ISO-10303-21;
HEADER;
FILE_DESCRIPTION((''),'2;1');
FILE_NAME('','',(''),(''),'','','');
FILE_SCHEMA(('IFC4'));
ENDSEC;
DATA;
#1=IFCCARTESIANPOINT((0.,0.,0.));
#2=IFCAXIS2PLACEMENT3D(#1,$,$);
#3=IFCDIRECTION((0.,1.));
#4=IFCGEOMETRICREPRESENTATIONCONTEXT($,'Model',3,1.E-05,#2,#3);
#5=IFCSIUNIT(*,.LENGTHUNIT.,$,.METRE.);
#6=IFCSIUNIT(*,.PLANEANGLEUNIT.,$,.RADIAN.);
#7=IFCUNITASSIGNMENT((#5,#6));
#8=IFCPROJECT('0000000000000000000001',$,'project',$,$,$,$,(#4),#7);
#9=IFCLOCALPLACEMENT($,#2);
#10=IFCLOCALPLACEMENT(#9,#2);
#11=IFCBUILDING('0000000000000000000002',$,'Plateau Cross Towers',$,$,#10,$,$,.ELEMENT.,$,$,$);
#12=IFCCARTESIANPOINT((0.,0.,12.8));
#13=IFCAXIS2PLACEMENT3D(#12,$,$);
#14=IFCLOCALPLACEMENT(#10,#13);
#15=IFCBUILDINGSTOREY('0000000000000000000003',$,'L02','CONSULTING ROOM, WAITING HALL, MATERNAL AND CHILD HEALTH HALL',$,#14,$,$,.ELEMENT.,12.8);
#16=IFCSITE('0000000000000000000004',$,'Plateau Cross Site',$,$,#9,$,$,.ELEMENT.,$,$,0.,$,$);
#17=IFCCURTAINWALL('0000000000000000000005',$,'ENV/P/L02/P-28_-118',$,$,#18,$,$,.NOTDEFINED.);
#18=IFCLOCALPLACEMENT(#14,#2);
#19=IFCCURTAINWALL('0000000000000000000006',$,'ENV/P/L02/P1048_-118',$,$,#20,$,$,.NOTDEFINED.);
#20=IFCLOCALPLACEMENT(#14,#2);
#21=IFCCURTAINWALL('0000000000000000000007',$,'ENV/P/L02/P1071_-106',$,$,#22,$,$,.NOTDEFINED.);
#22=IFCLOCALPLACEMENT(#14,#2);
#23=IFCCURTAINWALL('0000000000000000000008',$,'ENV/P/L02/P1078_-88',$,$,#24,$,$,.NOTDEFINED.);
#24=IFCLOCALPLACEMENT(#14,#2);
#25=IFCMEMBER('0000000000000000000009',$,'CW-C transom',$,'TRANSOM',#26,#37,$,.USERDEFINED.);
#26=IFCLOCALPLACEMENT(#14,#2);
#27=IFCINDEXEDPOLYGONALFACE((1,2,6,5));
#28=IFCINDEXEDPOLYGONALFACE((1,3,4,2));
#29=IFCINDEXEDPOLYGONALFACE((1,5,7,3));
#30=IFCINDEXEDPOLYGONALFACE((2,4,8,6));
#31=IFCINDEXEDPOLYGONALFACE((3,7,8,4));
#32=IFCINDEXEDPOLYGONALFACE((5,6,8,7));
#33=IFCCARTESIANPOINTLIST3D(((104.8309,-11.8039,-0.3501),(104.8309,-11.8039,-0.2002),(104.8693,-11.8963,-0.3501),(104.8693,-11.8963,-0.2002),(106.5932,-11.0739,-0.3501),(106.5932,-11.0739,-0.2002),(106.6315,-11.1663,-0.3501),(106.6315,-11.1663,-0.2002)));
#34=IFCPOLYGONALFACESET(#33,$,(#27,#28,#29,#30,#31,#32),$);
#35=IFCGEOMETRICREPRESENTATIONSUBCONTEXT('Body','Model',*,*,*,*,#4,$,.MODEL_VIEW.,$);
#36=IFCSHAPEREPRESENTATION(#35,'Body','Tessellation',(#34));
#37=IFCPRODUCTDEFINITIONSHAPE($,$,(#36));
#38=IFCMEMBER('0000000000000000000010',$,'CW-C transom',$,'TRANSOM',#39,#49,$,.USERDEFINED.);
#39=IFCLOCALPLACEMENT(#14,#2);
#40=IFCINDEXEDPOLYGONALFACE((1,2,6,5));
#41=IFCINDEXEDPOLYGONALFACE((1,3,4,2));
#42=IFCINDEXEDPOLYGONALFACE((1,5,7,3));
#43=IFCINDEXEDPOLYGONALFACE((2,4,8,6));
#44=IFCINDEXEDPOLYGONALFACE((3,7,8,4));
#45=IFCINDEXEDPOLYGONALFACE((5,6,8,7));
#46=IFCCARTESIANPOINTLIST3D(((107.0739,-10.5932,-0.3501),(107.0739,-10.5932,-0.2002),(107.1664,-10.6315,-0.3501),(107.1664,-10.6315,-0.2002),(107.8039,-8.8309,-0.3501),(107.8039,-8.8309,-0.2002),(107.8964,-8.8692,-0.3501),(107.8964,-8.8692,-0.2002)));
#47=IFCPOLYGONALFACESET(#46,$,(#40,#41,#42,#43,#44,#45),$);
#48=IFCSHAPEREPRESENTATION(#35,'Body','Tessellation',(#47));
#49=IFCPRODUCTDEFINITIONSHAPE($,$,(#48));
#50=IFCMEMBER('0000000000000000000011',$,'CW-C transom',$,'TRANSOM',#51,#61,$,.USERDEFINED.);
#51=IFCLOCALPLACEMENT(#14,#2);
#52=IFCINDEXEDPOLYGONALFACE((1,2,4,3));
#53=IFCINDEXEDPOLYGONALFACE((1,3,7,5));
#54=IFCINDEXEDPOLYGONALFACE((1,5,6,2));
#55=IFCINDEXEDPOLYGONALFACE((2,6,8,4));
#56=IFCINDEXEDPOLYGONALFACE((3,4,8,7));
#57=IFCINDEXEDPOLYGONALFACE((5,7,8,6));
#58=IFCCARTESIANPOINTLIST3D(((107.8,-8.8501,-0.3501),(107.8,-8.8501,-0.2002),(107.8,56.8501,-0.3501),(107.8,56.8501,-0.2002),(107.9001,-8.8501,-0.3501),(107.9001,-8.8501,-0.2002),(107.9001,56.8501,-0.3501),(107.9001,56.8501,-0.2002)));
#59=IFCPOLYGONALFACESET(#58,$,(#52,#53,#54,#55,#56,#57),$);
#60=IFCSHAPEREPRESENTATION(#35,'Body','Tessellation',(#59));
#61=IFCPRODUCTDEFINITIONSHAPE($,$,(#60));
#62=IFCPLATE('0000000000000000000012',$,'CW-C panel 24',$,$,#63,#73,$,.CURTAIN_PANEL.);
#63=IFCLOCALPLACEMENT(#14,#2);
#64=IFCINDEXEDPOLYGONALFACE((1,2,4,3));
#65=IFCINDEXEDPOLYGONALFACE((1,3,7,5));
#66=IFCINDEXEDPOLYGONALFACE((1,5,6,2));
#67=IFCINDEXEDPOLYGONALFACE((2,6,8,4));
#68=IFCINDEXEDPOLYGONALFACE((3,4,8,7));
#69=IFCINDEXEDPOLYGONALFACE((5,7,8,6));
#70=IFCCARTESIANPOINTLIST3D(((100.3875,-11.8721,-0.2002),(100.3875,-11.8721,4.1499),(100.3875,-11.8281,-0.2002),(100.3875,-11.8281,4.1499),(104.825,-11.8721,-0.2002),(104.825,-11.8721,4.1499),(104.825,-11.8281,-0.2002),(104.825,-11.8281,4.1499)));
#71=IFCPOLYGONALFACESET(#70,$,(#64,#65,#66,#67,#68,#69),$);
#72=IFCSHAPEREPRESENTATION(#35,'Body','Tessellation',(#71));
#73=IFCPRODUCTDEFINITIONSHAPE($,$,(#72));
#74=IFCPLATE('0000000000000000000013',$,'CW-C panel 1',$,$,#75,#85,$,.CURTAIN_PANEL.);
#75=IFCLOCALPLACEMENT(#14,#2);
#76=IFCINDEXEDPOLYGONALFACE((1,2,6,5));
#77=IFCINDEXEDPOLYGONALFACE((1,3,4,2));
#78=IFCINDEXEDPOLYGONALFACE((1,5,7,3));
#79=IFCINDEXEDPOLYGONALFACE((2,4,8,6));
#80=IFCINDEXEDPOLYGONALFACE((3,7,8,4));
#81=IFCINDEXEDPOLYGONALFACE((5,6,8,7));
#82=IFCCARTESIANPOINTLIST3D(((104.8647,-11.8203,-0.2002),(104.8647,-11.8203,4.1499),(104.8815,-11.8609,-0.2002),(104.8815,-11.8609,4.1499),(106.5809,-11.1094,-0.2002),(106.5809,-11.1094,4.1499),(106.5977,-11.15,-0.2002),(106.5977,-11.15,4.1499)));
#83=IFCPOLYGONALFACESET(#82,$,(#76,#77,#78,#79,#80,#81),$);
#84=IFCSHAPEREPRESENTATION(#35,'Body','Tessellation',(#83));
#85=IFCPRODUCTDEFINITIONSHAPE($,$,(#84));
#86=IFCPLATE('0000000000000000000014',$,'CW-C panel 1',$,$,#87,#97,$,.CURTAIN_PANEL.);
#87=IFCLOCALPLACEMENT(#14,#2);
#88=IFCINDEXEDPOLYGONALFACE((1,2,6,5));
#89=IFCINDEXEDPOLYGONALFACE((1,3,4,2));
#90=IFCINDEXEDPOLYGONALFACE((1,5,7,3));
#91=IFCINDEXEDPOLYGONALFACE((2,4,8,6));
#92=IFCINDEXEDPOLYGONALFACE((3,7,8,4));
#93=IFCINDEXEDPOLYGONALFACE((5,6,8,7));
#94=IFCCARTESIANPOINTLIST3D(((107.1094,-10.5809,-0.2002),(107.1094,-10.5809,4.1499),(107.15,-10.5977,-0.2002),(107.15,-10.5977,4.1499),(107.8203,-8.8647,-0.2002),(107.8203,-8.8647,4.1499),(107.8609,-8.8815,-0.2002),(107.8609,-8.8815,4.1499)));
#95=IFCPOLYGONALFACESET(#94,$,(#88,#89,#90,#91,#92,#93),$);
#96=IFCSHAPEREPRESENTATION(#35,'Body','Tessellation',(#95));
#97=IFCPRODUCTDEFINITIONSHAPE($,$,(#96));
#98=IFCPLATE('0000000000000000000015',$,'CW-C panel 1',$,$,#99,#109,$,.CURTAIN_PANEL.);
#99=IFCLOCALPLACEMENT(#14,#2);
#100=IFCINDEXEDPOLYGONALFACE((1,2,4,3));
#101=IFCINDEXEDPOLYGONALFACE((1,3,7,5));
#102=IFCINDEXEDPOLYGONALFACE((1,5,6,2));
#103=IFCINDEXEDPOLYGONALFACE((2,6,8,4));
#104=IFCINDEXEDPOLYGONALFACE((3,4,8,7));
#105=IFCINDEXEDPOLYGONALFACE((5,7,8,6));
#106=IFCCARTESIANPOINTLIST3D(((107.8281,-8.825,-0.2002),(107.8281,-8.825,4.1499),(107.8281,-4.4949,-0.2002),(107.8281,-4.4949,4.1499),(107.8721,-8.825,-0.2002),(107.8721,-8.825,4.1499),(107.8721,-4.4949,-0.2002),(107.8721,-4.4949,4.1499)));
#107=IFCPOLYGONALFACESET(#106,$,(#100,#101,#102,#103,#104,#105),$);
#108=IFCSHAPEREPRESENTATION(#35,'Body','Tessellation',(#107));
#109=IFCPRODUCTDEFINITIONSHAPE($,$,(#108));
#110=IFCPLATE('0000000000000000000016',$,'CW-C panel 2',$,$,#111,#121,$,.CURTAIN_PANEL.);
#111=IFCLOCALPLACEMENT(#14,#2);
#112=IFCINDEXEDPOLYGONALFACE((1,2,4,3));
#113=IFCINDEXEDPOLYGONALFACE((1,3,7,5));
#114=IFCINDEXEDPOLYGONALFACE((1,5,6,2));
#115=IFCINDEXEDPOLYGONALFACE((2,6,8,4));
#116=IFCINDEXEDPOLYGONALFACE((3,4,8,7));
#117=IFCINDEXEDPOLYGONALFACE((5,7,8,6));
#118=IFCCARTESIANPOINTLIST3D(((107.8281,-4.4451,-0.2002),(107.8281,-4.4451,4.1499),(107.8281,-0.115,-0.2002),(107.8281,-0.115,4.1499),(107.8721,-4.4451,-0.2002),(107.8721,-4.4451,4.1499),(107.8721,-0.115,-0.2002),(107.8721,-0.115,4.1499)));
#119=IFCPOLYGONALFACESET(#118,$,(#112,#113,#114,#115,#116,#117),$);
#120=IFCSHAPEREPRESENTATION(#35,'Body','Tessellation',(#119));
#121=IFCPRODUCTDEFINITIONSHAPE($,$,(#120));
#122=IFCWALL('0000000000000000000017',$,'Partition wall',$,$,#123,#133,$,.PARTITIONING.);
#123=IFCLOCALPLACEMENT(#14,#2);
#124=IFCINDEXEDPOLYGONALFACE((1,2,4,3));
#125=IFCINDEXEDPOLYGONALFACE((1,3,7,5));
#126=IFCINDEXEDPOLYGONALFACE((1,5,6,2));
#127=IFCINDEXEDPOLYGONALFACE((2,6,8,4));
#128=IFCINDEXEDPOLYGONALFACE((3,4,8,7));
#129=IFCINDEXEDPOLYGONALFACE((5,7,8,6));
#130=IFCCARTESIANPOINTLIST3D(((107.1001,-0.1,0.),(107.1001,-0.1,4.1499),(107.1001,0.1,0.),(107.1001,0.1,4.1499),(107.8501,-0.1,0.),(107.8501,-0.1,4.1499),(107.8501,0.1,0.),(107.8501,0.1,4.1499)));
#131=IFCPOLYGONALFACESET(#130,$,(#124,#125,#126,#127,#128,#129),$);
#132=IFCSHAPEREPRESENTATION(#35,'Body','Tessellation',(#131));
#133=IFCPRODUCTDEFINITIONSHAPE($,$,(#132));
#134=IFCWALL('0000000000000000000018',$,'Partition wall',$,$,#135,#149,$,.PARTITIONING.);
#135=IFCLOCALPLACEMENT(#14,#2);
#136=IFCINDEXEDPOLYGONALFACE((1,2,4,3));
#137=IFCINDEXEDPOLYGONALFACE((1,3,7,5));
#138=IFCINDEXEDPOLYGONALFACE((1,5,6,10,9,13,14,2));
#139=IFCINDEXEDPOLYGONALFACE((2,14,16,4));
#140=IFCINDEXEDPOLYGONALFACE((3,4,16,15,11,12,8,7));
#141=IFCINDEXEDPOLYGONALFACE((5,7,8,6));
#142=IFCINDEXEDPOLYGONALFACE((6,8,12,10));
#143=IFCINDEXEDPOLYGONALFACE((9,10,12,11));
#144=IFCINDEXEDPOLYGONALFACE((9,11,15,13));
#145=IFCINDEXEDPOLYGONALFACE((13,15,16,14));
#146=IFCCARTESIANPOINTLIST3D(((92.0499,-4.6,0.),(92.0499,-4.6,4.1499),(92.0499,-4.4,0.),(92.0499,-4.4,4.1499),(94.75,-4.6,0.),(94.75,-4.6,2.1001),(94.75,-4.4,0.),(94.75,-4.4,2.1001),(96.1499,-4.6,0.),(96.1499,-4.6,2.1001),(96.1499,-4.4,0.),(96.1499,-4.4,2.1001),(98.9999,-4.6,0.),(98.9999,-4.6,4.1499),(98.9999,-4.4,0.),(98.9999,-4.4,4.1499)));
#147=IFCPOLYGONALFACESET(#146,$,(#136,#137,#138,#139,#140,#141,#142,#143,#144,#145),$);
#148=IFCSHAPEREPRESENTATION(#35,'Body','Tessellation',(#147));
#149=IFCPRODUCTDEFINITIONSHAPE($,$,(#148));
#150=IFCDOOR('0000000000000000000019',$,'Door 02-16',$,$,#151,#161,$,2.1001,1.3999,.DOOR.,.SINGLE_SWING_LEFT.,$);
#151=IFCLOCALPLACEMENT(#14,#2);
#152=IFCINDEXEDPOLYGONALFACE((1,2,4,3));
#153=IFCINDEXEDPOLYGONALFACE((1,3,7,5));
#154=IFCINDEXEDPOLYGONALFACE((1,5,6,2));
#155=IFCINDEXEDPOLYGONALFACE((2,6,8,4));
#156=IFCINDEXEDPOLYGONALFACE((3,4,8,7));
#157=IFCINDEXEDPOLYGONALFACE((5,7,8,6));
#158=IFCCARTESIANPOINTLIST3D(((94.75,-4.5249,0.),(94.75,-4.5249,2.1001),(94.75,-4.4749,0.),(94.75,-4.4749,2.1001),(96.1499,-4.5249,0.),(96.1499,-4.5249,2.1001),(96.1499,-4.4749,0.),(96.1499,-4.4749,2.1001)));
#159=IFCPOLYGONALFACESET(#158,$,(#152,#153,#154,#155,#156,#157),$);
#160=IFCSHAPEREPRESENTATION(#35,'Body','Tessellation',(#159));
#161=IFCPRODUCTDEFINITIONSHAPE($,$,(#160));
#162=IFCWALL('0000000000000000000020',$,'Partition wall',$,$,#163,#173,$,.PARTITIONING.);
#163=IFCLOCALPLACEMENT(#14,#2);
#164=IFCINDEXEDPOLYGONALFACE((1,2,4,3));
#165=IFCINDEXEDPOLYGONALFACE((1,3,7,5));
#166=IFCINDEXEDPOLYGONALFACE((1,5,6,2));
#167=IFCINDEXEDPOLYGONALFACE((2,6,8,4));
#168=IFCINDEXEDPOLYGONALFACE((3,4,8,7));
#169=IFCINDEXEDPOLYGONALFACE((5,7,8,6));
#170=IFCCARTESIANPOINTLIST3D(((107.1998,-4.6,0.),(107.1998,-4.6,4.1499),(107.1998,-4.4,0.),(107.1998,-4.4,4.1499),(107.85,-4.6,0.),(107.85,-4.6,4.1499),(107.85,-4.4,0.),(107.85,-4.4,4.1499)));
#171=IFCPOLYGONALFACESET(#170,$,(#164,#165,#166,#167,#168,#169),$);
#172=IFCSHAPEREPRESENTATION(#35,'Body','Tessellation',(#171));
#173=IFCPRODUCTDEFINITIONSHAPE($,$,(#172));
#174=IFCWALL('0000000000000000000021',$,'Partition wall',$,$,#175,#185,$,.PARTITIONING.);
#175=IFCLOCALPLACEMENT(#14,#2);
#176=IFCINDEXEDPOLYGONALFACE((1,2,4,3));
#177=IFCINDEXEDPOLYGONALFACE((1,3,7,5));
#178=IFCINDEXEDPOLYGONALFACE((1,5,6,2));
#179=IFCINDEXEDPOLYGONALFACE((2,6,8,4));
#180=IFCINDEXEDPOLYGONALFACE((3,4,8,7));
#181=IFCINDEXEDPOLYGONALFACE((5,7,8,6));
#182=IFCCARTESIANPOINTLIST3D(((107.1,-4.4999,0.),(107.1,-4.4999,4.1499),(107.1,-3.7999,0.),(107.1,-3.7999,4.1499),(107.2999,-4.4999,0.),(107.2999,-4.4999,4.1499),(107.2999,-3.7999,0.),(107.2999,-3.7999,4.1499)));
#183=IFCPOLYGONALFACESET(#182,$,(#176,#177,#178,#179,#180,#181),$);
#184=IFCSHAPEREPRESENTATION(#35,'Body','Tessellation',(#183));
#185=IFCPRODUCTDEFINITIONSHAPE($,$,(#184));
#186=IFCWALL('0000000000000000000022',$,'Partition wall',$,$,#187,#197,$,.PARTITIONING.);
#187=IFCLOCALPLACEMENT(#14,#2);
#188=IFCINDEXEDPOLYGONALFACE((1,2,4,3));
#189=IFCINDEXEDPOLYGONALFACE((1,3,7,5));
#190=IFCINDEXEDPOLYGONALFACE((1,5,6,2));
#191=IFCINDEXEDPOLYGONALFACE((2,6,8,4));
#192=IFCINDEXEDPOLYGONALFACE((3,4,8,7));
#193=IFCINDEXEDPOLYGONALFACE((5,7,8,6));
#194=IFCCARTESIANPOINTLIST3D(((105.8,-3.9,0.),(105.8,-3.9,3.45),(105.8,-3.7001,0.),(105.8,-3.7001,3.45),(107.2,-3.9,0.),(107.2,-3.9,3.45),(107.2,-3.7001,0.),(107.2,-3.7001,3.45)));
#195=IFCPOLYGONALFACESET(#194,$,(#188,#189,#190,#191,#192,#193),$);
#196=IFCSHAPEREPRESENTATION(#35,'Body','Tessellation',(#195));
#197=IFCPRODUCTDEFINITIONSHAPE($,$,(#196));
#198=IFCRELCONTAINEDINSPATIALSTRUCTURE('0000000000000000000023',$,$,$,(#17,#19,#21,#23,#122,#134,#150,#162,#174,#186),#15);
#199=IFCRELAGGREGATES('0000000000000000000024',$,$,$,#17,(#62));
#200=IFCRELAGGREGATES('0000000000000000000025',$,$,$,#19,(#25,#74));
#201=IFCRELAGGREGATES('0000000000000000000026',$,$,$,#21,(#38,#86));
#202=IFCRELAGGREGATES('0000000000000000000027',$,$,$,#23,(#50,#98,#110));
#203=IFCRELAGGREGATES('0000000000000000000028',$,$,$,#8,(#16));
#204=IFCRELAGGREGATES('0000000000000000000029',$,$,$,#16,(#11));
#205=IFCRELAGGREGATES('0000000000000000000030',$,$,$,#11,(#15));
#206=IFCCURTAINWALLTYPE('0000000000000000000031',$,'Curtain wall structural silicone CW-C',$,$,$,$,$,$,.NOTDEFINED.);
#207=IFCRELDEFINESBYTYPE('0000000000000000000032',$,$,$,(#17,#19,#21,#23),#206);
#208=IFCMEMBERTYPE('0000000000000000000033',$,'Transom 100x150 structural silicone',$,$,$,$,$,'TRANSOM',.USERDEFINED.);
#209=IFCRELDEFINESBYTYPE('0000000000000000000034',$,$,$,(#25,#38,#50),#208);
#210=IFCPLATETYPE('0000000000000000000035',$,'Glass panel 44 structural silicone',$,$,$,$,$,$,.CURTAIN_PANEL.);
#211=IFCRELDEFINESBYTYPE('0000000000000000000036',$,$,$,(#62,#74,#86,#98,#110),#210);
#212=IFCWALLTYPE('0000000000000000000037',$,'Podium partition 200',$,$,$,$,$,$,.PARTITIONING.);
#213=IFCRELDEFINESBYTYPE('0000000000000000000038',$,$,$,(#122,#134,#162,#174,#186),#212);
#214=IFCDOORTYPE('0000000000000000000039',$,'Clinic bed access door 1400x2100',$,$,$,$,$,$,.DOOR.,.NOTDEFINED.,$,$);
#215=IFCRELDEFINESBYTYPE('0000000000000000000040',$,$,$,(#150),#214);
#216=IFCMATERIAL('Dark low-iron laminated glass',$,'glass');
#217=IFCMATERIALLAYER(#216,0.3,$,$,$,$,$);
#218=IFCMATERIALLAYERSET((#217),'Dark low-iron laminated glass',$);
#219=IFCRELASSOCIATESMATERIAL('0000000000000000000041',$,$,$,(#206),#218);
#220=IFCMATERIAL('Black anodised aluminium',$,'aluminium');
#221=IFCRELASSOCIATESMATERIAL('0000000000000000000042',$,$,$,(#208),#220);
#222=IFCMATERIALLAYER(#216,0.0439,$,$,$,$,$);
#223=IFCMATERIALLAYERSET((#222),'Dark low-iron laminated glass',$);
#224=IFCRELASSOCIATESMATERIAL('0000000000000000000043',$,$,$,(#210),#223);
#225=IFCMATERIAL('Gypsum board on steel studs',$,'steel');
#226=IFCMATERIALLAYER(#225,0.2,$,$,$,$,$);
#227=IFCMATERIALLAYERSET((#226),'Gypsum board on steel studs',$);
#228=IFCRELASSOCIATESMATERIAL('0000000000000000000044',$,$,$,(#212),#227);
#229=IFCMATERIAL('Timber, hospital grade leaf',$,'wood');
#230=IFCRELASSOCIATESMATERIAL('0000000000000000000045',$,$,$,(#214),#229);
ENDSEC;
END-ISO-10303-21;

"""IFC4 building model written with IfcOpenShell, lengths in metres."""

from ifc_helpers import new_model, si_unit, direction, frame, frame_2d, origin, origin_2d, place, context, subcontext, project, spatial, rectangle, extrude, material, layer, layer_set, material_profile, profile_set, type_object, element, fill, aggregate, save


model = new_model("IFC4")

# Units and contexts
model_context = context("Model", 3, precision=1e-05, world=origin(), true_north=direction((0.0, 1.0)))
body_context = subcontext(model_context, "Body", "Model", "MODEL_VIEW")
ifc_project = project(units=[si_unit("LENGTHUNIT", "METRE"), si_unit("PLANEANGLEUNIT", "RADIAN")], contexts=[model_context])

# Site, building, storey
site_placement = place(None, origin())
site = spatial("IfcSite", under=ifc_project, at=site_placement, Name="Plateau Cross Site", CompositionType="ELEMENT", RefElevation=0.0)
building_placement = place(site_placement, origin())
building = spatial("IfcBuilding", under=site, at=building_placement, Name="Plateau Cross Towers", CompositionType="ELEMENT")
storey_placement = place(building_placement, frame((0.0, 0.0, 12.8)))
storey = spatial("IfcBuildingStorey", under=building, at=storey_placement, Name="L02", Description="CONSULTING ROOM, WAITING HALL, MATERNAL AND CHILD HEALTH HALL", CompositionType="ELEMENT", Elevation=12.8)

# Curtain wall
ifc_material_1 = material(Name="Dark low-iron laminated glass", Category="glass")
ifc_layer_1 = layer(ifc_material_1, 0.3)
ifc_layer_set_1 = layer_set([ifc_layer_1], Name="Dark low-iron laminated glass")
curtain_wall_type = type_object("IfcCurtainWallType", Name="Curtain wall structural silicone CW-C", PredefinedType="NOTDEFINED", material=ifc_layer_set_1)
curtain_wall_1_placement = place(storey_placement, origin())
curtain_wall_1 = element("IfcCurtainWall", 1, at=curtain_wall_1_placement, inside=storey, type_object=curtain_wall_type, Name="ENV/P/L02/P-28_-118", PredefinedType="NOTDEFINED")
ifc_material_2 = material(Name="Black anodised aluminium", Category="aluminium")

# Curtain wall
curtain_wall_2_placement = place(storey_placement, origin())
curtain_wall_2 = element("IfcCurtainWall", 2, at=curtain_wall_2_placement, inside=storey, type_object=curtain_wall_type, Name="ENV/P/L02/P1048_-118", PredefinedType="NOTDEFINED")

# Curtain wall
curtain_wall_3_placement = place(storey_placement, origin())
curtain_wall_3 = element("IfcCurtainWall", 3, at=curtain_wall_3_placement, inside=storey, type_object=curtain_wall_type, Name="ENV/P/L02/P1071_-106", PredefinedType="NOTDEFINED")

# Curtain wall
curtain_wall_4_placement = place(storey_placement, origin())
curtain_wall_4 = element("IfcCurtainWall", 4, at=curtain_wall_4_placement, inside=storey, type_object=curtain_wall_type, Name="ENV/P/L02/P1078_-88", PredefinedType="NOTDEFINED")

# Members
ifc_material_profile_1 = material_profile(ifc_material_2, rectangle(XDim=0.1001, YDim=0.1499, at=origin_2d()), Name="TRANSOM 100x150")
ifc_profile_set_1 = profile_set([ifc_material_profile_1], Name="Black anodised aluminium")
member_type_1 = type_object("IfcMemberType", Name="Transom 100x150 structural silicone", ElementType="TRANSOM", PredefinedType="USERDEFINED", material=ifc_profile_set_1)
member_1_placement = place(storey_placement, frame((104.8501, -11.8501, -0.2751), z_axis=(0.92387, 0.382706, 0.0), x_axis=(-0.382706, 0.92387, 0.0)))
member_1 = element("IfcMember", 5, at=member_1_placement, type_object=member_type_1, Name="CW-C transom", ObjectType="TRANSOM", PredefinedType="USERDEFINED", context=body_context, shape_type="SweptSolid", body=[
    extrude(rectangle(XDim=0.1001, YDim=0.1499, at=origin_2d()), origin(), (0.0, 0.0, 1.0), 1.9075),
])
member_2_placement = place(storey_placement, frame((107.1201, -10.6123, -0.2751), z_axis=(0.382706, 0.92387, 0.0), x_axis=(-0.92387, 0.382706, 0.0)))
member_2 = element("IfcMember", 6, at=member_2_placement, type_object=member_type_1, Name="CW-C transom", ObjectType="TRANSOM", PredefinedType="USERDEFINED", context=body_context, shape_type="SweptSolid", body=[
    extrude(rectangle(XDim=0.1001, YDim=0.1499, at=origin_2d()), origin(), (0.0, 0.0, 1.0), 1.9075),
])
member_3_placement = place(storey_placement, frame((107.8501, -8.8501, -0.2751), z_axis=(0.0, 1.0, 0.0), x_axis=(-1.0, 0.0, 0.0)))
member_3 = element("IfcMember", 7, at=member_3_placement, type_object=member_type_1, Name="CW-C transom", ObjectType="TRANSOM", PredefinedType="USERDEFINED", context=body_context, shape_type="SweptSolid", body=[
    extrude(rectangle(XDim=0.1001, YDim=0.1499, at=origin_2d()), origin(), (0.0, 0.0, 1.0), 65.7002),
])

# Plates
ifc_layer_2 = layer(ifc_material_1, 0.0439)
ifc_layer_set_2 = layer_set([ifc_layer_2], Name="Dark low-iron laminated glass")
plate_type = type_object("IfcPlateType", Name="Glass panel 44 structural silicone", PredefinedType="CURTAIN_PANEL", material=ifc_layer_set_2)
plate_1_placement = place(storey_placement, frame((102.6062, -11.8501, -0.2002), z_axis=(0.0, 0.0, 1.0), x_axis=(1.0, 0.0, 0.0)))
plate_1 = element("IfcPlate", 8, at=plate_1_placement, type_object=plate_type, Name="CW-C panel 24", PredefinedType="CURTAIN_PANEL", context=body_context, shape_type="SweptSolid", body=[
    extrude(rectangle(XDim=4.4375, YDim=0.0439, at=origin_2d()), origin(), (0.0, 0.0, 1.0), 4.3501),
])
aggregate(curtain_wall_1, [plate_1])
plate_2_placement = place(storey_placement, frame((105.7312, -11.4851, -0.2002), z_axis=(0.0, 0.0, 1.0), x_axis=(0.923879, 0.382684, 0.0)))
plate_2 = element("IfcPlate", 9, at=plate_2_placement, type_object=plate_type, Name="CW-C panel 1", PredefinedType="CURTAIN_PANEL", context=body_context, shape_type="SweptSolid", body=[
    extrude(rectangle(XDim=1.8577, YDim=0.0439, at=origin_2d()), origin(), (0.0, 0.0, 1.0), 4.3501),
])
aggregate(curtain_wall_2, [member_1, plate_2])
plate_3_placement = place(storey_placement, frame((107.4851, -9.7312, -0.2002), z_axis=(0.0, 0.0, 1.0), x_axis=(0.382684, 0.923879, 0.0)))
plate_3 = element("IfcPlate", 10, at=plate_3_placement, type_object=plate_type, Name="CW-C panel 1", PredefinedType="CURTAIN_PANEL", context=body_context, shape_type="SweptSolid", body=[
    extrude(rectangle(XDim=1.8577, YDim=0.0439, at=origin_2d()), origin(), (0.0, 0.0, 1.0), 4.3501),
])
aggregate(curtain_wall_3, [member_2, plate_3])
plate_4_placement = place(storey_placement, frame((107.8501, -6.6599, -0.2002), z_axis=(0.0, 0.0, 1.0), x_axis=(0.0, 1.0, 0.0)))
plate_4 = element("IfcPlate", 11, at=plate_4_placement, type_object=plate_type, Name="CW-C panel 1", PredefinedType="CURTAIN_PANEL", context=body_context, shape_type="SweptSolid", body=[
    extrude(rectangle(XDim=4.3301, YDim=0.0439, at=origin_2d()), origin(), (0.0, 0.0, 1.0), 4.3501),
])
plate_5_placement = place(storey_placement, frame((107.8501, -2.28, -0.2002), z_axis=(0.0, 0.0, 1.0), x_axis=(0.0, 1.0, 0.0)))
plate_5 = element("IfcPlate", 12, at=plate_5_placement, type_object=plate_type, Name="CW-C panel 2", PredefinedType="CURTAIN_PANEL", context=body_context, shape_type="SweptSolid", body=[
    extrude(rectangle(XDim=4.3301, YDim=0.0439, at=origin_2d()), origin(), (0.0, 0.0, 1.0), 4.3501),
])
aggregate(curtain_wall_4, [member_3, plate_4, plate_5])

# Wall
ifc_material_3 = material(Name="Gypsum board on steel studs", Category="steel")
ifc_layer_3 = layer(ifc_material_3, 0.2)
ifc_layer_set_3 = layer_set([ifc_layer_3], Name="Gypsum board on steel studs")
wall_type = type_object("IfcWallType", Name="Podium partition 200", PredefinedType="PARTITIONING", material=ifc_layer_set_3)
wall_1_placement = place(storey_placement, frame((107.1001, 0.0, 0.0), z_axis=(0.0, 0.0, 1.0), x_axis=(1.0, 0.0, 0.0)))
element("IfcWall", 13, at=wall_1_placement, inside=storey, type_object=wall_type, Name="Partition wall", PredefinedType="PARTITIONING", context=body_context, shape_type="SweptSolid", body=[
    extrude(rectangle(XDim=0.75, YDim=0.2, at=frame_2d((0.375, 0.0))), origin(), (0.0, 0.0, 1.0), 4.1499),
])

# Wall, opening, door
wall_2_placement = place(storey_placement, frame((99.0, -4.5, 0.0), z_axis=(0.0, 0.0, 1.0), x_axis=(-1.0, 0.0, 0.0)))
wall_2 = element("IfcWall", 14, at=wall_2_placement, inside=storey, type_object=wall_type, Name="Partition wall", PredefinedType="PARTITIONING", context=body_context, shape_type="SweptSolid", body=[
    extrude(rectangle(XDim=6.95, YDim=0.2, at=frame_2d((3.4751, 0.0))), origin(), (0.0, 0.0, 1.0), 4.1499),
])
opening_1_placement = place(wall_2_placement, frame((2.8501, 0.0, 0.0)))
opening_1 = element("IfcOpeningElement", 15, at=opening_1_placement, cuts=wall_2, PredefinedType="OPENING", context=body_context, shape_type="SweptSolid", body=[
    extrude(rectangle(XDim=1.3999, YDim=2.1001, at=frame_2d((0.7, 1.05))), frame((0.0, 0.1099, 0.0), z_axis=(0.0, -1.0, 0.0), x_axis=(1.0, 0.0, 0.0)), (0.0, 0.0, 1.0), 0.22),
])
ifc_material_4 = material(Name="Timber, hospital grade leaf", Category="wood")
door_type = type_object("IfcDoorType", Name="Clinic bed access door 1400x2100", OperationType="NOTDEFINED", PredefinedType="DOOR", material=ifc_material_4)
door_1_placement = place(opening_1_placement, origin())
door_1 = element("IfcDoor", 16, at=door_1_placement, inside=storey, type_object=door_type, Name="Door 02-16", OperationType="SINGLE_SWING_LEFT", OverallHeight=2.1001, OverallWidth=1.3999, PredefinedType="DOOR", context=body_context, shape_type="SweptSolid", body=[
    extrude(rectangle(XDim=1.3999, YDim=2.1001, at=frame_2d((0.7, 1.05))), frame((0.0, 0.0249, 0.0), z_axis=(0.0, -1.0, 0.0), x_axis=(1.0, 0.0, 0.0)), (0.0, 0.0, 1.0), 0.05),
])
fill(opening_1, door_1)

# Walls
wall_3_placement = place(storey_placement, frame((107.8501, -4.5, 0.0), z_axis=(0.0, 0.0, 1.0), x_axis=(-1.0, 0.0, 0.0)))
element("IfcWall", 17, at=wall_3_placement, inside=storey, type_object=wall_type, Name="Partition wall", PredefinedType="PARTITIONING", context=body_context, shape_type="SweptSolid", body=[
    extrude(rectangle(XDim=0.6501, YDim=0.2, at=frame_2d((0.3252, 0.0))), origin(), (0.0, 0.0, 1.0), 4.1499),
])
wall_4_placement = place(storey_placement, frame((107.2, -4.5, 0.0), z_axis=(0.0, 0.0, 1.0), x_axis=(0.0, 1.0, 0.0)))
element("IfcWall", 18, at=wall_4_placement, inside=storey, type_object=wall_type, Name="Partition wall", PredefinedType="PARTITIONING", context=body_context, shape_type="SweptSolid", body=[
    extrude(rectangle(XDim=0.7, YDim=0.2, at=frame_2d((0.3501, 0.0))), origin(), (0.0, 0.0, 1.0), 4.1499),
])
wall_5_placement = place(storey_placement, frame((107.2, -3.8, 0.0), z_axis=(0.0, 0.0, 1.0), x_axis=(-1.0, 0.0, 0.0)))
element("IfcWall", 19, at=wall_5_placement, inside=storey, type_object=wall_type, Name="Partition wall", PredefinedType="PARTITIONING", context=body_context, shape_type="SweptSolid", body=[
    extrude(rectangle(XDim=1.3999, YDim=0.2, at=frame_2d((0.7, 0.0))), origin(), (0.0, 0.0, 1.0), 3.45),
])

save(model, "model.ifc")
